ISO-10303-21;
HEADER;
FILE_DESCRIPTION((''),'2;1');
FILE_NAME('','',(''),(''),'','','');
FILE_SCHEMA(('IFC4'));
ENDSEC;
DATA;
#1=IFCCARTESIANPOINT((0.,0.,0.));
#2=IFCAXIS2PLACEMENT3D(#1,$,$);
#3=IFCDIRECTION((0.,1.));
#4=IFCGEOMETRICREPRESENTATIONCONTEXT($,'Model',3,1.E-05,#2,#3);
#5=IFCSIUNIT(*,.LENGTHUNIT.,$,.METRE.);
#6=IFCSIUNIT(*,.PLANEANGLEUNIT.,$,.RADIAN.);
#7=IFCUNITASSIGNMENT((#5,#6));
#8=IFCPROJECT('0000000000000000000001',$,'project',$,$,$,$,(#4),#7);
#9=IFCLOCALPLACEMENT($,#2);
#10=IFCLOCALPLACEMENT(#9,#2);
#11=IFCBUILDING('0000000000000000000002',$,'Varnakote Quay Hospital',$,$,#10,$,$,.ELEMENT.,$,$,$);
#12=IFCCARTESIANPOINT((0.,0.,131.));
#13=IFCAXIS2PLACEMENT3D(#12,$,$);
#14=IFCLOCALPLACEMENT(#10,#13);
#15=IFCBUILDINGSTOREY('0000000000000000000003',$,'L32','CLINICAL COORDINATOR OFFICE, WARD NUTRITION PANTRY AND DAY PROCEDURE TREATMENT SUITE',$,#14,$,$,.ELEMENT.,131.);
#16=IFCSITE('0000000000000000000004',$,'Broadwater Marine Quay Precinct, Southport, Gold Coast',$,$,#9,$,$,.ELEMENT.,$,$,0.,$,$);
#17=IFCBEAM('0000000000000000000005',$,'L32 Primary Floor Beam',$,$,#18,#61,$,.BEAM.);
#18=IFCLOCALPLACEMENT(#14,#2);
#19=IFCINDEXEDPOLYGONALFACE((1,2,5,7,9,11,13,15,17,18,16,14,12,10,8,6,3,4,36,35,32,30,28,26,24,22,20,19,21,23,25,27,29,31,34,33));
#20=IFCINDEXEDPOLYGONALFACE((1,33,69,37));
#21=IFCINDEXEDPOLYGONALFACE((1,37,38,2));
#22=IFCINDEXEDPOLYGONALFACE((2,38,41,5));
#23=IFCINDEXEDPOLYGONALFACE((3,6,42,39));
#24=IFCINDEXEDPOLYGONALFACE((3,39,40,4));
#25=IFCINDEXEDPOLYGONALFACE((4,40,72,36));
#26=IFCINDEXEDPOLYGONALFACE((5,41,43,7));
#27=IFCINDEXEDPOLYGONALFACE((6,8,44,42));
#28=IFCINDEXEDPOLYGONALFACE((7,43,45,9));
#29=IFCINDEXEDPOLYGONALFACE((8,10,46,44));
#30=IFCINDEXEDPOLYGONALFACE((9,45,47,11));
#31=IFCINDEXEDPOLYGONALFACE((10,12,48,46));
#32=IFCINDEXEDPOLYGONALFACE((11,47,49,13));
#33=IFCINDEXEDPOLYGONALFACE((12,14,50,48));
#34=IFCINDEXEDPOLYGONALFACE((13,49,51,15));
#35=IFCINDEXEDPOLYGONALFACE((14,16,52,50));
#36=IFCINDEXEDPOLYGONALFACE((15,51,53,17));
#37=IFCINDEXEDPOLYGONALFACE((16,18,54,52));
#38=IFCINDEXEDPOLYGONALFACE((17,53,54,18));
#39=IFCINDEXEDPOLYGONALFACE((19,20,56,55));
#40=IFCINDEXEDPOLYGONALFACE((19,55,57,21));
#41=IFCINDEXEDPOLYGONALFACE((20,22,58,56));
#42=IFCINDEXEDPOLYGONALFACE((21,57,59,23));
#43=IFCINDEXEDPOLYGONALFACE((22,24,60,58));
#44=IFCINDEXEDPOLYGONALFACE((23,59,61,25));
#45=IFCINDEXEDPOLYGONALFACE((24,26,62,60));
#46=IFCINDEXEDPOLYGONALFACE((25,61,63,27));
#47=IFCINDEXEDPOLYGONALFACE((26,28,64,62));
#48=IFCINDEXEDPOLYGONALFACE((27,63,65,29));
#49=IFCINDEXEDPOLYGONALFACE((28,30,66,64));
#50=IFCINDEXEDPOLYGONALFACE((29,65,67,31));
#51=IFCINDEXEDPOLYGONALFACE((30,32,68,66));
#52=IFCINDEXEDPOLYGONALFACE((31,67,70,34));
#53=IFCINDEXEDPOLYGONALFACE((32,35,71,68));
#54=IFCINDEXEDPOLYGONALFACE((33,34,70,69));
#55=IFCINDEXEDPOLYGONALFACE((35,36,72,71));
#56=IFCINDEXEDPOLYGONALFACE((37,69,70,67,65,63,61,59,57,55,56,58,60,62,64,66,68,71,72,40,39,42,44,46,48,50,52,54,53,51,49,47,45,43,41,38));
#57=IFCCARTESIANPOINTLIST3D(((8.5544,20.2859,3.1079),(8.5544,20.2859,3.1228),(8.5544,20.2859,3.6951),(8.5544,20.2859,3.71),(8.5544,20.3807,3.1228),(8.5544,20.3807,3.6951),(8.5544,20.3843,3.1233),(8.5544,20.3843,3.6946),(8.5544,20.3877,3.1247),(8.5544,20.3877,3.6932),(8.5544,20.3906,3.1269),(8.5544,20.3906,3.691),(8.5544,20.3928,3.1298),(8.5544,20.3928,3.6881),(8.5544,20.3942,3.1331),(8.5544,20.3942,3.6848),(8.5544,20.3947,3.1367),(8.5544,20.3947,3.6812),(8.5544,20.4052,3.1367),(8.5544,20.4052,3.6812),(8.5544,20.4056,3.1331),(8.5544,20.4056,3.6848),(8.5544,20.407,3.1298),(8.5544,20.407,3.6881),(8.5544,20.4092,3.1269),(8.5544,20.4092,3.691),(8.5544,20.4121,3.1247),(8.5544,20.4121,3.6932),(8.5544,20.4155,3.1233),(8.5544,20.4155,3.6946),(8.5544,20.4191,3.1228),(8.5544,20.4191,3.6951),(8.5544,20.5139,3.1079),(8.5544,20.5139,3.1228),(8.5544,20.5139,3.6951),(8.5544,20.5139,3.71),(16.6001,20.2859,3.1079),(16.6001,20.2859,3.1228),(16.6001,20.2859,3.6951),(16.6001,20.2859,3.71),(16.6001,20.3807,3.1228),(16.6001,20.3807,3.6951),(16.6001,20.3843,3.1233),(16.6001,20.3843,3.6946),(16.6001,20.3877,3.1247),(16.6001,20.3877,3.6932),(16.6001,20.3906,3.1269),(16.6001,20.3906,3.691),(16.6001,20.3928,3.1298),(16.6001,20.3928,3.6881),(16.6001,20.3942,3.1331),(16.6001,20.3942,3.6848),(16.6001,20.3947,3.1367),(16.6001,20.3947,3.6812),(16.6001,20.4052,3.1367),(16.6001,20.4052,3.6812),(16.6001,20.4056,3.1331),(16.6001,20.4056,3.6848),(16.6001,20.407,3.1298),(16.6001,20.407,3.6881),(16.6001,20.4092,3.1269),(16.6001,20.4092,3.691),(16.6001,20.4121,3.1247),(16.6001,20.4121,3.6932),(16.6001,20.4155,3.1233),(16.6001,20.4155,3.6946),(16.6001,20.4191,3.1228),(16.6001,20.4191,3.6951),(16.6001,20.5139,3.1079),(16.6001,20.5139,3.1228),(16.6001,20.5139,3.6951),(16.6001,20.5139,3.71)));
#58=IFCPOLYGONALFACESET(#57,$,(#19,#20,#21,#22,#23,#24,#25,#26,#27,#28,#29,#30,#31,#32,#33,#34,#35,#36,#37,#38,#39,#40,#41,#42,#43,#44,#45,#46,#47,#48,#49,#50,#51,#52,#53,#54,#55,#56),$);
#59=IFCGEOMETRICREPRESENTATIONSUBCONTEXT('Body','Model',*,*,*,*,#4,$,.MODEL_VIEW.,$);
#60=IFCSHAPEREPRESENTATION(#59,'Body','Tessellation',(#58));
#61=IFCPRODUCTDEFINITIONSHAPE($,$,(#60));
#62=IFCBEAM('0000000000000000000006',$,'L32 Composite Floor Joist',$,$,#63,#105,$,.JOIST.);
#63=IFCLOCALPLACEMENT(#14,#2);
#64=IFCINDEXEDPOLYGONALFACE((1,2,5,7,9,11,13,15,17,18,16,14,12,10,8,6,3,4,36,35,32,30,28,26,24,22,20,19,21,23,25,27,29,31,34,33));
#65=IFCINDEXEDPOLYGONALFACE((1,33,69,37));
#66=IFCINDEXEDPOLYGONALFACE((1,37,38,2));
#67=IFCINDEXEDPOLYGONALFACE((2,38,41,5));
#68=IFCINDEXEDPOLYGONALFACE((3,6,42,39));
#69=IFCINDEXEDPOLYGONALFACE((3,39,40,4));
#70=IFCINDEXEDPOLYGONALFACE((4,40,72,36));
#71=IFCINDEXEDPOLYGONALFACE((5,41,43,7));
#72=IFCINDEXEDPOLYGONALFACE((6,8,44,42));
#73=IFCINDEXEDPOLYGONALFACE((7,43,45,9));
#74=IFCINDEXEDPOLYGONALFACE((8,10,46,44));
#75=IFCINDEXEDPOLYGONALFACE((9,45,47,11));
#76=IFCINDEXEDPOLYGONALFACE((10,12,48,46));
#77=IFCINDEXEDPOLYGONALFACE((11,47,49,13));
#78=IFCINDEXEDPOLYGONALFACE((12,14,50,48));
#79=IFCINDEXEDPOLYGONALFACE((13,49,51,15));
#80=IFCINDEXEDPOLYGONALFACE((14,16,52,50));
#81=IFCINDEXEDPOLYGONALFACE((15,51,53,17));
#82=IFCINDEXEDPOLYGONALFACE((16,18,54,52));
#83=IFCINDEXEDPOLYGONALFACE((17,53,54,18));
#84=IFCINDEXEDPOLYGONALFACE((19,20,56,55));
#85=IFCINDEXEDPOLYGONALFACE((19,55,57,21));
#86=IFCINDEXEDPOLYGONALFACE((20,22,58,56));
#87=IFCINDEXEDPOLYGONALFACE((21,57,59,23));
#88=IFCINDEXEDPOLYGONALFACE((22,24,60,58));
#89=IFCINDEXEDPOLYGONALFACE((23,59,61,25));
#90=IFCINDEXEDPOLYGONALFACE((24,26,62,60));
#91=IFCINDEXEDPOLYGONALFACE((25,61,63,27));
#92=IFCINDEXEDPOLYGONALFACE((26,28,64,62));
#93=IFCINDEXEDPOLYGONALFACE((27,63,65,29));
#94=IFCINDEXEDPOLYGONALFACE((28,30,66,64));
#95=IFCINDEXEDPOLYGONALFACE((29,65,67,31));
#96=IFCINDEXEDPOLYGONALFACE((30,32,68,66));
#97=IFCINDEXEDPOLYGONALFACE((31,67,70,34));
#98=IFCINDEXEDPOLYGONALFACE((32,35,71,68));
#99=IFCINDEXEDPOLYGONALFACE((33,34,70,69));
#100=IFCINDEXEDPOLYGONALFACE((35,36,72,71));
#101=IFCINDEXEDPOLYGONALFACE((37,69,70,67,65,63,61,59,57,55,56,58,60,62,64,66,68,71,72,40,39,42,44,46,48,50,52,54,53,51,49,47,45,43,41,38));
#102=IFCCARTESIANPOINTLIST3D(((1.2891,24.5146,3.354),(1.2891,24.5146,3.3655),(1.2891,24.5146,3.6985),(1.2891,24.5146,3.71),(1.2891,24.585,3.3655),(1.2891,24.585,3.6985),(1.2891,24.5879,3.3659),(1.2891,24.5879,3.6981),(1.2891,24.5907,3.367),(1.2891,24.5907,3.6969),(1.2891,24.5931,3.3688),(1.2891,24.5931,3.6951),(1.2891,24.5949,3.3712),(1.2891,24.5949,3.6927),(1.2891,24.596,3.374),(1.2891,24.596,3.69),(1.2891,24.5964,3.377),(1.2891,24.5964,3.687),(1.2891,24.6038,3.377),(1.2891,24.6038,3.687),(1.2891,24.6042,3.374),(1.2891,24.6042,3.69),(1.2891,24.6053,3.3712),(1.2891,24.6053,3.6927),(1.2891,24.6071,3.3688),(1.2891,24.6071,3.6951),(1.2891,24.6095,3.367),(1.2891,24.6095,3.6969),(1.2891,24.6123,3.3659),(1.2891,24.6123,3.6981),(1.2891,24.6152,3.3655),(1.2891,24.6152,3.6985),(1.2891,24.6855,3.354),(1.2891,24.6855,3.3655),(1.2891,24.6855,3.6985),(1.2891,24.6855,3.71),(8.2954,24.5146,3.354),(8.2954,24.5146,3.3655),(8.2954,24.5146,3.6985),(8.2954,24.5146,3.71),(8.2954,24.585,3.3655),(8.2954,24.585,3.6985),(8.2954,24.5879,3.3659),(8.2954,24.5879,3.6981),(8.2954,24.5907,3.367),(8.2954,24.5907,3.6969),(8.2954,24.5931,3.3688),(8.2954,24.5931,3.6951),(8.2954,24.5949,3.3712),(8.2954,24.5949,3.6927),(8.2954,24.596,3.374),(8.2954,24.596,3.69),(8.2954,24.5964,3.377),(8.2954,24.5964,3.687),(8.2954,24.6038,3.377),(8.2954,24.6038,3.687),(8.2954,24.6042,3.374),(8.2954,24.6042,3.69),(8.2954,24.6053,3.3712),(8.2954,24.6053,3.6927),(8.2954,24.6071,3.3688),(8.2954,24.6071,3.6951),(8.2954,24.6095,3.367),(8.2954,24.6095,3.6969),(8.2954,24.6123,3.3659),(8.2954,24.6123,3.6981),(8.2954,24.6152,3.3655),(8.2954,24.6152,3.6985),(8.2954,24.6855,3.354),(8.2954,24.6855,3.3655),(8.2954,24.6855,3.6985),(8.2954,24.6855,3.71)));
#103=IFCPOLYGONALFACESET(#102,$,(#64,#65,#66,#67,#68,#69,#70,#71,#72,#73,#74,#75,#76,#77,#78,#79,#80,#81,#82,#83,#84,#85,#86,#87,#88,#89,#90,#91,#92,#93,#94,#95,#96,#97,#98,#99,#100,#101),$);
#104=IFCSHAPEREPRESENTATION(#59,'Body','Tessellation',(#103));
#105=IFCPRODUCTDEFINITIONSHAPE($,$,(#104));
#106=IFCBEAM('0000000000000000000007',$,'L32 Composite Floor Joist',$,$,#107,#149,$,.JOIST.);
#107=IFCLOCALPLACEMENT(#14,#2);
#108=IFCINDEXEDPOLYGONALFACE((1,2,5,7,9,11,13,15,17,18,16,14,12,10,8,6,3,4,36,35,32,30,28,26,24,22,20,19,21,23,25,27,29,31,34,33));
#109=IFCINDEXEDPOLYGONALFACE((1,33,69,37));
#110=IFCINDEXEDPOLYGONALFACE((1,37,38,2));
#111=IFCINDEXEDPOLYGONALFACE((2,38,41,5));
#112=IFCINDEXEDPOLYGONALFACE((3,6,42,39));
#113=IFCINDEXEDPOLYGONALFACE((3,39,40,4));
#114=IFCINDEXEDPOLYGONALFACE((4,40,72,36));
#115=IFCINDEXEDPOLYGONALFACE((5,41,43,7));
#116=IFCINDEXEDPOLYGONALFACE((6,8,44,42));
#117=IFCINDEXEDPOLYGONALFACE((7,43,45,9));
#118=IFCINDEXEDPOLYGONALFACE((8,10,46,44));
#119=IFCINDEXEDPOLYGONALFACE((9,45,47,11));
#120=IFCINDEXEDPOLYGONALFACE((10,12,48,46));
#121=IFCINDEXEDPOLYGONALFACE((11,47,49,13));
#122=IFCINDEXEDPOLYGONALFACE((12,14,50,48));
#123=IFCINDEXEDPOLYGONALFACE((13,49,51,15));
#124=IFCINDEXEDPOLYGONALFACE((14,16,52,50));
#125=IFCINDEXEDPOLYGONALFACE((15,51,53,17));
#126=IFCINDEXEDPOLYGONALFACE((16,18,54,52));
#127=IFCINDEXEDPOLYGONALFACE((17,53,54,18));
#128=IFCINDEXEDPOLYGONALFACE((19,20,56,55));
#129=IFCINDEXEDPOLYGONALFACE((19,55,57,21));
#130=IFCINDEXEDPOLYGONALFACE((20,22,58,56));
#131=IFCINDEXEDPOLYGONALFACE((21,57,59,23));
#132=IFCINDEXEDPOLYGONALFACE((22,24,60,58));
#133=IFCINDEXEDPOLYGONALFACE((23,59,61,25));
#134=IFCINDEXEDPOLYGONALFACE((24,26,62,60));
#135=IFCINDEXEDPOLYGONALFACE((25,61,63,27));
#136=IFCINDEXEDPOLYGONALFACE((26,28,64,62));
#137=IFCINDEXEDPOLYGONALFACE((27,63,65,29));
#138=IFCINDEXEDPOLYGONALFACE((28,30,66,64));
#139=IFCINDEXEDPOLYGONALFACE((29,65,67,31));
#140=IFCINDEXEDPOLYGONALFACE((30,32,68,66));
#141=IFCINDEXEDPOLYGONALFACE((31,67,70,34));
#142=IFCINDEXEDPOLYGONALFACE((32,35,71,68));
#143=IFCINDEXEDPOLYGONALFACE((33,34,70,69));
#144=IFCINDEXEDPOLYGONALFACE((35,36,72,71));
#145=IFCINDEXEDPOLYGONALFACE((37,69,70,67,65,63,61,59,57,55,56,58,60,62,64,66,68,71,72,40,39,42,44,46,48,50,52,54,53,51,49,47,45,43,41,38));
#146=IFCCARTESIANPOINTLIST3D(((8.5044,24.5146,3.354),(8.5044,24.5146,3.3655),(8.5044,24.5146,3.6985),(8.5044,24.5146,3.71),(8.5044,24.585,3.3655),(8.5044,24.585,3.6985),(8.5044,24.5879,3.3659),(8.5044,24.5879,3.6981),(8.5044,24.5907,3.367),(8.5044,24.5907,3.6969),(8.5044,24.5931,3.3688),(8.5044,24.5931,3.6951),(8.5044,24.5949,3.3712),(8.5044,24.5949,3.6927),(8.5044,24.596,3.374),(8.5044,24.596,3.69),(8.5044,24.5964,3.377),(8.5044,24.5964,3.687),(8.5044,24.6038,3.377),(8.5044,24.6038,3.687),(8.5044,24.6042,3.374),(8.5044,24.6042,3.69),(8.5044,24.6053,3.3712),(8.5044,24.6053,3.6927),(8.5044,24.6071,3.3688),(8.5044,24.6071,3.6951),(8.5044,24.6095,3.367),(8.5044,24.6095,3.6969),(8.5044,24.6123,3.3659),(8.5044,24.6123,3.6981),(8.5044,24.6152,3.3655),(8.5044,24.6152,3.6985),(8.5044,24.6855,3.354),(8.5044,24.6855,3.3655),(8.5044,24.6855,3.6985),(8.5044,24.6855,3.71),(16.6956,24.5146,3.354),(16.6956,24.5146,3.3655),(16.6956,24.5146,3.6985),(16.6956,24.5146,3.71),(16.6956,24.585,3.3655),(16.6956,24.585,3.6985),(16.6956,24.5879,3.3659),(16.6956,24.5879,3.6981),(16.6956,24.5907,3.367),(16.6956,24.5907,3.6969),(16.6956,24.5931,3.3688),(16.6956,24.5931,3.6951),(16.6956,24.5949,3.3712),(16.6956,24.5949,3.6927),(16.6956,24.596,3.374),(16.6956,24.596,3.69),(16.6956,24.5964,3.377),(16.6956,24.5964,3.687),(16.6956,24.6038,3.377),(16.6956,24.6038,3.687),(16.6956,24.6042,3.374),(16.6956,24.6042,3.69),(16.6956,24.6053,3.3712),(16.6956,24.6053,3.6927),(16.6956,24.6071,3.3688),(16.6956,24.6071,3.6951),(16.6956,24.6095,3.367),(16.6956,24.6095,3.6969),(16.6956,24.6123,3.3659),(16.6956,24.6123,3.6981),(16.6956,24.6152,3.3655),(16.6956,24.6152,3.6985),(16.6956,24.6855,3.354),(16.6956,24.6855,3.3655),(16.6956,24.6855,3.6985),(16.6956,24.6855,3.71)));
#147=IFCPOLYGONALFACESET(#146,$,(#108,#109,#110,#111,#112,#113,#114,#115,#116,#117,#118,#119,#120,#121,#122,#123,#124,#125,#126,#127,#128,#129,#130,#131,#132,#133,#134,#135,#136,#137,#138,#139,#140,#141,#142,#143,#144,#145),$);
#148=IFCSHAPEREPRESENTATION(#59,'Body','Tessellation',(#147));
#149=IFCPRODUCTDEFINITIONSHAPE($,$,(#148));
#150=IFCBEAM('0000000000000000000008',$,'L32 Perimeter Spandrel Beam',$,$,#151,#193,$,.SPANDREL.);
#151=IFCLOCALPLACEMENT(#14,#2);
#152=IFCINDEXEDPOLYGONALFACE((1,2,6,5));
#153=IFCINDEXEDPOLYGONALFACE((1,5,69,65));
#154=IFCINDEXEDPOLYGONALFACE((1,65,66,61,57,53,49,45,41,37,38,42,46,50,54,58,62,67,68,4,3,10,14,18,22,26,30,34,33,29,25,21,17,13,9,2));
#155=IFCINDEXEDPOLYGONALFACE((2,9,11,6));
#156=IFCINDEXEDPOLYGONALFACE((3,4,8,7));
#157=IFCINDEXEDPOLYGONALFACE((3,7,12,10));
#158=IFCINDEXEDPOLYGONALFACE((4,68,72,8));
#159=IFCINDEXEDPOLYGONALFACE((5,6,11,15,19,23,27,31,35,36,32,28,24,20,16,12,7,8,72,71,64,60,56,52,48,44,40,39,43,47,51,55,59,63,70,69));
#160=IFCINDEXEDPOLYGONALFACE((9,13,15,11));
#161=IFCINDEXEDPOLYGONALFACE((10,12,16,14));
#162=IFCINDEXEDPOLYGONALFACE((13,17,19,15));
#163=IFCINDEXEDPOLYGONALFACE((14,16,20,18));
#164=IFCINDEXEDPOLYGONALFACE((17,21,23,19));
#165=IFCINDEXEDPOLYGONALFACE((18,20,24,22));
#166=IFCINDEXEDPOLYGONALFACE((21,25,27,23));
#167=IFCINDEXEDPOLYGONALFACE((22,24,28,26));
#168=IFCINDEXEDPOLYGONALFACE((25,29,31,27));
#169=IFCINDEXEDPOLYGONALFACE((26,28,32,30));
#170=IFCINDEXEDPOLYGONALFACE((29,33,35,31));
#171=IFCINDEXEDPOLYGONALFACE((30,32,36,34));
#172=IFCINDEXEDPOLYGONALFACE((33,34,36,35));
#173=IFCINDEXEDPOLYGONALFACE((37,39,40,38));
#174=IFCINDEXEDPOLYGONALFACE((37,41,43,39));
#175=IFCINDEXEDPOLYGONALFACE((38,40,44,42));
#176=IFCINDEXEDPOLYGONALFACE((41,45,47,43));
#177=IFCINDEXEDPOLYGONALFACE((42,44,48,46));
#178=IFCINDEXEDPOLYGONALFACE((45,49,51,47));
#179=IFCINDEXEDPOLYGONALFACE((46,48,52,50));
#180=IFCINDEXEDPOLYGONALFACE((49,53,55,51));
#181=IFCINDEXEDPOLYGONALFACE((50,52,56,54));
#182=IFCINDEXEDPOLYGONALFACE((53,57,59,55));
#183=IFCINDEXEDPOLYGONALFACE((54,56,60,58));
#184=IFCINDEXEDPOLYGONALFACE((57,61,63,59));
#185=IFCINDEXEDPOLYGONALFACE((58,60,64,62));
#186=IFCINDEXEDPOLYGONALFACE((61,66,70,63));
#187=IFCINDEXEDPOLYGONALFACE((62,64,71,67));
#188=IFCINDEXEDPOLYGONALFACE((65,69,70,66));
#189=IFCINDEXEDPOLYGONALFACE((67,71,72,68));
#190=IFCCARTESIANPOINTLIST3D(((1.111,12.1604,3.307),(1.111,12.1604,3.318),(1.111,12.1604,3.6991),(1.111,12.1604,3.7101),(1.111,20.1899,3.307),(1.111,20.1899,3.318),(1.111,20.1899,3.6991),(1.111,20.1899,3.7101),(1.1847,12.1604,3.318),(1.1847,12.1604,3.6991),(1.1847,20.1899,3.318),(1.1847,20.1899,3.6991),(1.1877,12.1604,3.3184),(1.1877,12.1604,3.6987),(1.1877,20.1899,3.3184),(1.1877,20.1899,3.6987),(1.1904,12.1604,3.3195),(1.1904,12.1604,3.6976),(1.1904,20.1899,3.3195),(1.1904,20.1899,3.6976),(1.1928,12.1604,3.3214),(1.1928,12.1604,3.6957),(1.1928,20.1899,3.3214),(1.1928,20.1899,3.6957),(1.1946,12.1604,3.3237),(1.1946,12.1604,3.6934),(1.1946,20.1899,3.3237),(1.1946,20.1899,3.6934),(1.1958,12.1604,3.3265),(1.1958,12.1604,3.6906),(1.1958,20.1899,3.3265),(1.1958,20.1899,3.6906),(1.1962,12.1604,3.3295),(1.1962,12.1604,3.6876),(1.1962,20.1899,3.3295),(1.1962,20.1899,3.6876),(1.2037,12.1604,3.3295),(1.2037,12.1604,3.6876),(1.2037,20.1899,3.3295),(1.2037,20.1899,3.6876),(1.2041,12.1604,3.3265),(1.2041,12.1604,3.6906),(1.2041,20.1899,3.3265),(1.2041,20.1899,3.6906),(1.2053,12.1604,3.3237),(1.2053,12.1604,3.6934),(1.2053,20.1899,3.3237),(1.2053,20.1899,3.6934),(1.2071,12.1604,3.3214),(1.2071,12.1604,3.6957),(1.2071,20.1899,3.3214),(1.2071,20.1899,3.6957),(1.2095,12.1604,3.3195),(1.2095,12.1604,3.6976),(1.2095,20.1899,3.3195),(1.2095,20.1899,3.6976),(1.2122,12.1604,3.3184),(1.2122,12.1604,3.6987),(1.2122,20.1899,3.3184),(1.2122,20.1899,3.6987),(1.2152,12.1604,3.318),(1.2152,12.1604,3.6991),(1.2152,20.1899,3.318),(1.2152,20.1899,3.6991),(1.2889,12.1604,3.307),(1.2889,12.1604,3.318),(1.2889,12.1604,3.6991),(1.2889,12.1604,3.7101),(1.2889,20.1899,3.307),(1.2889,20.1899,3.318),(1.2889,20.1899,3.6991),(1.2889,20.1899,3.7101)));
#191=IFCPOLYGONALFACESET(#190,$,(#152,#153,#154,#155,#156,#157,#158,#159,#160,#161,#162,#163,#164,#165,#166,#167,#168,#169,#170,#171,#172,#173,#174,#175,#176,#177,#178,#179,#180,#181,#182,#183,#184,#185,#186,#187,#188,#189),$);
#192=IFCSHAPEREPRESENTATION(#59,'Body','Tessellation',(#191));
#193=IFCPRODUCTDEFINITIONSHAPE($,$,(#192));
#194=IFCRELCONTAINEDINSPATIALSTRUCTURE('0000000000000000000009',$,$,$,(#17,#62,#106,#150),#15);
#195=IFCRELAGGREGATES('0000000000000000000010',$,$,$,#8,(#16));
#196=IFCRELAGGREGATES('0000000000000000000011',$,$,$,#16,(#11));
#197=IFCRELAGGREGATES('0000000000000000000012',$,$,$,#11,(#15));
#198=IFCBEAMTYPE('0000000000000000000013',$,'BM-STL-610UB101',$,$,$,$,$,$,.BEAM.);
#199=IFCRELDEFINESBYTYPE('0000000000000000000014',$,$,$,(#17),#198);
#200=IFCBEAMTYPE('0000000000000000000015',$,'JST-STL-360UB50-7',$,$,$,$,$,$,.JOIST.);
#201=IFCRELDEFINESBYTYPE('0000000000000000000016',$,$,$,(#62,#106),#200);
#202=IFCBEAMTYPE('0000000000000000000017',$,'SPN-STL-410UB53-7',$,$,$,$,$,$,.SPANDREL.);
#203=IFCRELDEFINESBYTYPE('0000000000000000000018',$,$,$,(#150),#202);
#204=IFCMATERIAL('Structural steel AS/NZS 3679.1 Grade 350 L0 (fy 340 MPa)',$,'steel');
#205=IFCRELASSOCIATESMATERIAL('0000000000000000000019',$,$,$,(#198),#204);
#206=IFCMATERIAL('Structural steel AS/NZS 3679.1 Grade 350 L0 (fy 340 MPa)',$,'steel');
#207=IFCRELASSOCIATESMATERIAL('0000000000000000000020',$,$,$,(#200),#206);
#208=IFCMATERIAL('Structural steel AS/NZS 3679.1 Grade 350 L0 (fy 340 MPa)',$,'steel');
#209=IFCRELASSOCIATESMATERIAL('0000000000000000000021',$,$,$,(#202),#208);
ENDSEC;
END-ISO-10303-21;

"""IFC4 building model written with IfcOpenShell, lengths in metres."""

from ifc_helpers import new_model, si_unit, direction, frame, origin, origin_2d, place, context, subcontext, project, spatial, i_section, extrude, material, material_profile, profile_set, type_object, element, save


model = new_model("IFC4")

# Units and contexts
model_context = context("Model", 3, precision=1e-05, world=origin(), true_north=direction((0.0, 1.0)))
body_context = subcontext(model_context, "Body", "Model", "MODEL_VIEW")
ifc_project = project(units=[si_unit("LENGTHUNIT", "METRE"), si_unit("PLANEANGLEUNIT", "RADIAN")], contexts=[model_context])

# Site, building, storey
site_placement = place(None, origin())
site = spatial("IfcSite", under=ifc_project, at=site_placement, Name="Broadwater Marine Quay Precinct, Southport, Gold Coast", CompositionType="ELEMENT", RefElevation=0.0)
building_placement = place(site_placement, origin())
building = spatial("IfcBuilding", under=site, at=building_placement, Name="Varnakote Quay Hospital", CompositionType="ELEMENT")
storey_placement = place(building_placement, frame((0.0, 0.0, 131.0)))
storey = spatial("IfcBuildingStorey", under=building, at=storey_placement, Name="L32", Description="CLINICAL COORDINATOR OFFICE, WARD NUTRITION PANTRY AND DAY PROCEDURE TREATMENT SUITE", CompositionType="ELEMENT", Elevation=131.0)

# Beams
ifc_material_1 = material(Name="Structural steel AS/NZS 3679.1 Grade 350 L0 (fy 340 MPa)", Category="steel")
ifc_material_profile_1 = material_profile(ifc_material_1, i_section(OverallWidth=0.228, OverallDepth=0.6021, WebThickness=0.0105, FlangeThickness=0.0149, FilletRadius=0.0139, at=origin_2d()), Name="610UB101")
ifc_profile_set_1 = profile_set([ifc_material_profile_1], Name="Structural steel AS/NZS 3679.1 Grade 350 L0 (fy 340 MPa)")
beam_type_1 = type_object("IfcBeamType", Name="BM-STL-610UB101", PredefinedType="BEAM", material=ifc_profile_set_1)
beam_1_placement = place(storey_placement, frame((8.5544, 20.3999, 3.4089), z_axis=(1.0, 0.0, 0.0), x_axis=(0.0, 1.0, 0.0)))
element("IfcBeam", 1, at=beam_1_placement, inside=storey, type_object=beam_type_1, Name="L32 Primary Floor Beam", PredefinedType="BEAM", context=body_context, shape_type="SweptSolid", body=[
    extrude(i_section(OverallWidth=0.228, OverallDepth=0.6021, WebThickness=0.0105, FlangeThickness=0.0149, FilletRadius=0.0139, at=origin_2d()), origin(), (0.0, 0.0, 1.0), 8.0457),
])
ifc_material_2 = material(Name="Structural steel AS/NZS 3679.1 Grade 350 L0 (fy 340 MPa)", Category="steel")
ifc_material_profile_2 = material_profile(ifc_material_2, i_section(OverallWidth=0.1709, OverallDepth=0.356, WebThickness=0.0073, FlangeThickness=0.0115, FilletRadius=0.0115, at=origin_2d()), Name="360UB50.7")
ifc_profile_set_2 = profile_set([ifc_material_profile_2], Name="Structural steel AS/NZS 3679.1 Grade 350 L0 (fy 340 MPa)")
beam_type_2 = type_object("IfcBeamType", Name="JST-STL-360UB50-7", PredefinedType="JOIST", material=ifc_profile_set_2)
beam_2_placement = place(storey_placement, frame((1.2891, 24.6001, 3.532), z_axis=(1.0, 0.0, 0.0), x_axis=(0.0, 1.0, 0.0)))
element("IfcBeam", 2, at=beam_2_placement, inside=storey, type_object=beam_type_2, Name="L32 Composite Floor Joist", PredefinedType="JOIST", context=body_context, shape_type="SweptSolid", body=[
    extrude(i_section(OverallWidth=0.1709, OverallDepth=0.356, WebThickness=0.0073, FlangeThickness=0.0115, FilletRadius=0.0115, at=origin_2d()), origin(), (0.0, 0.0, 1.0), 7.0063),
])
beam_3_placement = place(storey_placement, frame((8.5044, 24.6001, 3.532), z_axis=(1.0, 0.0, 0.0), x_axis=(0.0, 1.0, 0.0)))
element("IfcBeam", 3, at=beam_3_placement, inside=storey, type_object=beam_type_2, Name="L32 Composite Floor Joist", PredefinedType="JOIST", context=body_context, shape_type="SweptSolid", body=[
    extrude(i_section(OverallWidth=0.1709, OverallDepth=0.356, WebThickness=0.0073, FlangeThickness=0.0115, FilletRadius=0.0115, at=origin_2d()), origin(), (0.0, 0.0, 1.0), 8.1912),
])
ifc_material_3 = material(Name="Structural steel AS/NZS 3679.1 Grade 350 L0 (fy 340 MPa)", Category="steel")
ifc_material_profile_3 = material_profile(ifc_material_3, i_section(OverallWidth=0.178, OverallDepth=0.4031, WebThickness=0.0076, FlangeThickness=0.011, FilletRadius=0.0115, at=origin_2d()), Name="410UB53.7")
ifc_profile_set_3 = profile_set([ifc_material_profile_3], Name="Structural steel AS/NZS 3679.1 Grade 350 L0 (fy 340 MPa)")
beam_type_3 = type_object("IfcBeamType", Name="SPN-STL-410UB53-7", PredefinedType="SPANDREL", material=ifc_profile_set_3)
beam_4_placement = place(storey_placement, frame((1.2, 12.1604, 3.5085), z_axis=(0.0, 1.0, 0.0), x_axis=(-1.0, 0.0, 0.0)))
element("IfcBeam", 4, at=beam_4_placement, inside=storey, type_object=beam_type_3, Name="L32 Perimeter Spandrel Beam", PredefinedType="SPANDREL", context=body_context, shape_type="SweptSolid", body=[
    extrude(i_section(OverallWidth=0.178, OverallDepth=0.4031, WebThickness=0.0076, FlangeThickness=0.011, FilletRadius=0.0115, at=origin_2d()), origin(), (0.0, 0.0, 1.0), 8.0295),
])

save(model, "model.ifc")
